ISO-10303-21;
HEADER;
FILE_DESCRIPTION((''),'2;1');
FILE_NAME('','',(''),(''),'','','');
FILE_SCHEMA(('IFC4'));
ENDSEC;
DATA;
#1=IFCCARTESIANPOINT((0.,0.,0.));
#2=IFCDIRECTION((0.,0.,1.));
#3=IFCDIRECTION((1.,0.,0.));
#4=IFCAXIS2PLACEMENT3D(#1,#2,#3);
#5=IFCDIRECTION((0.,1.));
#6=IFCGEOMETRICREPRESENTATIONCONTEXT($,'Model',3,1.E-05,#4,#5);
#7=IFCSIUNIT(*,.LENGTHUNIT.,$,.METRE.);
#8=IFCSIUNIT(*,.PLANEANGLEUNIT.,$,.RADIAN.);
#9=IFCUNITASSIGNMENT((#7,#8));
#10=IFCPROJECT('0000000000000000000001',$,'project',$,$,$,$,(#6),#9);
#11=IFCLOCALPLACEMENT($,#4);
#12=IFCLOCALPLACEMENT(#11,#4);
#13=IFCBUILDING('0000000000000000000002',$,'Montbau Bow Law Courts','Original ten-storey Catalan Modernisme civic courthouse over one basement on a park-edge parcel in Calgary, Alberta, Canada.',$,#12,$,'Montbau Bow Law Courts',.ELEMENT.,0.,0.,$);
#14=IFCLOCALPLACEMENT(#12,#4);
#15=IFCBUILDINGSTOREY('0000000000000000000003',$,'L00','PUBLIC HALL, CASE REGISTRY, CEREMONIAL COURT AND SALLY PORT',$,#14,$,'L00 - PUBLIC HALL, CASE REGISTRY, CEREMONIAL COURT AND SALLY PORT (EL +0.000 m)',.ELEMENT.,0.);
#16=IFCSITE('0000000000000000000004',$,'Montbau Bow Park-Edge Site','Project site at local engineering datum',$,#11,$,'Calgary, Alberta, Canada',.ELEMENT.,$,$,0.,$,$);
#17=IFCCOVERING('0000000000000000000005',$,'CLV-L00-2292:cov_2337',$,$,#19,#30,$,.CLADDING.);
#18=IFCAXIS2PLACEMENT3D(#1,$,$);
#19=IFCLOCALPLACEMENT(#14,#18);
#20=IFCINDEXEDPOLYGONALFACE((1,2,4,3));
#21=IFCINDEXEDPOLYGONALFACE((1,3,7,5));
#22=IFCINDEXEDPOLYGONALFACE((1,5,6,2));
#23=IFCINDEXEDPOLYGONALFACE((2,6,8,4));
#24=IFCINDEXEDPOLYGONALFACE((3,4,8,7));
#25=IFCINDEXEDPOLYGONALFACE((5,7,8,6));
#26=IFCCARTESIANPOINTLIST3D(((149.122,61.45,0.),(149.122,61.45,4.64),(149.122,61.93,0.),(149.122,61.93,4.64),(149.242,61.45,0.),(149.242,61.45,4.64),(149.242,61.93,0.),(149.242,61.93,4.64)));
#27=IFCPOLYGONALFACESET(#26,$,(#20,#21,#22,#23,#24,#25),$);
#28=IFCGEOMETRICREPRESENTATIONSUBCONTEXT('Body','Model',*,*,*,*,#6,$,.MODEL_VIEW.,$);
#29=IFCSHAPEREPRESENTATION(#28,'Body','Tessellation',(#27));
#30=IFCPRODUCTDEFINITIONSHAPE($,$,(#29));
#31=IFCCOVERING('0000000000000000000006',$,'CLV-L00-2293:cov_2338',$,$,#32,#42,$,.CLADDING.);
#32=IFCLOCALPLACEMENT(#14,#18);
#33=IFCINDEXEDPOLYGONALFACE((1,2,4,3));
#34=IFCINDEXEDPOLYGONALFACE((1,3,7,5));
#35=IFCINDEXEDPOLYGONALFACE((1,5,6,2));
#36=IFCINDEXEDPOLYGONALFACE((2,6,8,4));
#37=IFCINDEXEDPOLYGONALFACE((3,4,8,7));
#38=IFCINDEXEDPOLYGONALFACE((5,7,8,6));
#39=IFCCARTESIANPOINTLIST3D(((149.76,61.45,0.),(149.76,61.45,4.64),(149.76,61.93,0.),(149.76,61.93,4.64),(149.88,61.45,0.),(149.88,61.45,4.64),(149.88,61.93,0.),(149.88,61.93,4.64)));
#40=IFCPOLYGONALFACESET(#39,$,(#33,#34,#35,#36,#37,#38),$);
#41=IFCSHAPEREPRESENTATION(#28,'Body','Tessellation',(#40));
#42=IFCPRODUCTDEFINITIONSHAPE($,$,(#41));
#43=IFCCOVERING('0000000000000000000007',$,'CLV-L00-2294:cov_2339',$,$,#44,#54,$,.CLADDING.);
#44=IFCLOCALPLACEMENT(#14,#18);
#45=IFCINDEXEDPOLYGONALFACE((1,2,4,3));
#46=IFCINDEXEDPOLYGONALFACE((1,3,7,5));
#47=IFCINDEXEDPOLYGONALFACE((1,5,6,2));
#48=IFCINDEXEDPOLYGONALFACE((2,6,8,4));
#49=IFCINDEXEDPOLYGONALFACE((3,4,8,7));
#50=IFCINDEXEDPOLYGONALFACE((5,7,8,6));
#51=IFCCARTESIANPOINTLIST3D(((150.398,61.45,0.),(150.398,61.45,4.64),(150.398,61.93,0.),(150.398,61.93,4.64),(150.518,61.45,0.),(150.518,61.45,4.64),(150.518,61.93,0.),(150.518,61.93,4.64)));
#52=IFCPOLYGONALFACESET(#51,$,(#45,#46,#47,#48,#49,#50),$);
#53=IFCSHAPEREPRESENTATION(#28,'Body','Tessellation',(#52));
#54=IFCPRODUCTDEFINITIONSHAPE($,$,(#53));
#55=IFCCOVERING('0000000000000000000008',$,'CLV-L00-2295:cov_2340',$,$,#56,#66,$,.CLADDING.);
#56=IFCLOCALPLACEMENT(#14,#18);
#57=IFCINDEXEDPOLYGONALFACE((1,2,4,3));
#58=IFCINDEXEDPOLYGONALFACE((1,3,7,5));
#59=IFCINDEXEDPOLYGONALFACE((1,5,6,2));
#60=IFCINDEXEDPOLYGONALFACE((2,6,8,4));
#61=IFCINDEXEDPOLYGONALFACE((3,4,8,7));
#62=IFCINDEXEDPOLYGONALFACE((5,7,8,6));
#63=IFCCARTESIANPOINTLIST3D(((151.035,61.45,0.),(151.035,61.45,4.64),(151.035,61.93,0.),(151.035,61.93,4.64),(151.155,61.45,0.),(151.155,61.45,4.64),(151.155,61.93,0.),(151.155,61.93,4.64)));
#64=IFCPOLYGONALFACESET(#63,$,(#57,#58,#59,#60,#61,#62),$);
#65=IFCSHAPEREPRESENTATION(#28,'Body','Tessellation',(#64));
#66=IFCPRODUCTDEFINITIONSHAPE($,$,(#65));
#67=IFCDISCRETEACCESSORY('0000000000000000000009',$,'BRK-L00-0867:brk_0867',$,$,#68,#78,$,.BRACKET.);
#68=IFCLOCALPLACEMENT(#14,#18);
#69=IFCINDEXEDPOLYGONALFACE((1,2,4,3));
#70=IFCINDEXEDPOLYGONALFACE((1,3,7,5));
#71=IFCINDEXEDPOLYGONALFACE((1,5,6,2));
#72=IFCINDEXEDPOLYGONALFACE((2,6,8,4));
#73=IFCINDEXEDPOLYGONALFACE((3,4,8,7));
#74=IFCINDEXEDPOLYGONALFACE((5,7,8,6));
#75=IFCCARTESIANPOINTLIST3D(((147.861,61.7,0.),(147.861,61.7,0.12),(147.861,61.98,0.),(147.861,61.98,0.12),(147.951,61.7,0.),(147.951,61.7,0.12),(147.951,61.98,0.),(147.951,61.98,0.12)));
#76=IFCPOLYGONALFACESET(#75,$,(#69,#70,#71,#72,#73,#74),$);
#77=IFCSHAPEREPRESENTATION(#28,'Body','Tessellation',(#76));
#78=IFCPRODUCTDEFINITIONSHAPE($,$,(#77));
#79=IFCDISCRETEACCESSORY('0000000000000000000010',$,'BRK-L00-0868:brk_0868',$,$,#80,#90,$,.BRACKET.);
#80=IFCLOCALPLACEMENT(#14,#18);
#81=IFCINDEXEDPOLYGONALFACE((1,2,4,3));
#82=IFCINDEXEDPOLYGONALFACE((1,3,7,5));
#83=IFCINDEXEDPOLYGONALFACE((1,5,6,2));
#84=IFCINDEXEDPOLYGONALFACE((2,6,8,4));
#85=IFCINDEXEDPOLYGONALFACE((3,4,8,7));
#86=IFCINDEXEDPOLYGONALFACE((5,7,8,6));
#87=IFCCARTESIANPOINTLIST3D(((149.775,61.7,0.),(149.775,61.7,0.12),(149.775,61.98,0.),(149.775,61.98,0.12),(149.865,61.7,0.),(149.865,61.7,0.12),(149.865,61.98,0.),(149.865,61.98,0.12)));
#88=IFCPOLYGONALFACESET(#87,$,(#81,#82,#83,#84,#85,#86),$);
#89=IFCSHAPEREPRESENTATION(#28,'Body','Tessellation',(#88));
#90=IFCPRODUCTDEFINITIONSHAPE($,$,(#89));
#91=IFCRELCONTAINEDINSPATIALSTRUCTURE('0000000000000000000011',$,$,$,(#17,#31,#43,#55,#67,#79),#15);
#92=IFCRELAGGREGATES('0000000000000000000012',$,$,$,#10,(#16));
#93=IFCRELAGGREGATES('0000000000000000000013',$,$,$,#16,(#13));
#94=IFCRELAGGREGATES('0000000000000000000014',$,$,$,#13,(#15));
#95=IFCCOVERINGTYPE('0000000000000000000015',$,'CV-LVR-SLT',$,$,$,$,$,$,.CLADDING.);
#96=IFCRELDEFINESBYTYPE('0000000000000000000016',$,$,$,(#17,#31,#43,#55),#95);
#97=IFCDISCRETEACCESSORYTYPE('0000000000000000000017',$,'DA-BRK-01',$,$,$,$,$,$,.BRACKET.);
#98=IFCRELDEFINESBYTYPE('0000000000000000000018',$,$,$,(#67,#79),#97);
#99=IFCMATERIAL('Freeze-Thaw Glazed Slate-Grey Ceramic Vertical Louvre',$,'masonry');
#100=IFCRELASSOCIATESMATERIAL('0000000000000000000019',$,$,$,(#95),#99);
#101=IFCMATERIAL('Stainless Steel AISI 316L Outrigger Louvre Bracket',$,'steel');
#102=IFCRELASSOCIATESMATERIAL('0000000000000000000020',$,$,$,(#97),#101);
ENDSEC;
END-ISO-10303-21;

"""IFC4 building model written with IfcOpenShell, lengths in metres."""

from ifc_helpers import new_model, si_unit, direction, frame, frame_2d, origin_with_axes, origin_2d_with_axis, place, context, subcontext, project, spatial, rectangle, extrude, material, type_object, element, save


model = new_model("IFC4")

# Units and contexts
model_context = context("Model", 3, precision=1e-05, world=origin_with_axes(), true_north=direction((0.0, 1.0)))
body_context = subcontext(model_context, "Body", "Model", "MODEL_VIEW")
ifc_project = project(units=[si_unit("LENGTHUNIT", "METRE"), si_unit("PLANEANGLEUNIT", "RADIAN")], contexts=[model_context])

# Site, building, storey
site_placement = place(None, origin_with_axes())
site = spatial("IfcSite", under=ifc_project, at=site_placement, Name="Montbau Bow Park-Edge Site", Description="Project site at local engineering datum", LongName="Calgary, Alberta, Canada", CompositionType="ELEMENT", RefElevation=0.0)
building_placement = place(site_placement, origin_with_axes())
building = spatial("IfcBuilding", under=site, at=building_placement, Name="Montbau Bow Law Courts", Description="Original ten-storey Catalan Modernisme civic courthouse over one basement on a park-edge parcel in Calgary, Alberta, Canada.", LongName="Montbau Bow Law Courts", CompositionType="ELEMENT", ElevationOfRefHeight=0.0, ElevationOfTerrain=0.0)
storey_placement = place(building_placement, origin_with_axes())
storey = spatial("IfcBuildingStorey", under=building, at=storey_placement, Name="L00", Description="PUBLIC HALL, CASE REGISTRY, CEREMONIAL COURT AND SALLY PORT", LongName="L00 - PUBLIC HALL, CASE REGISTRY, CEREMONIAL COURT AND SALLY PORT (EL +0.000 m)", CompositionType="ELEMENT", Elevation=0.0)

# Coverings
ifc_material_1 = material(Name="Freeze-Thaw Glazed Slate-Grey Ceramic Vertical Louvre", Category="masonry")
covering_type = type_object("IfcCoveringType", Name="CV-LVR-SLT", PredefinedType="CLADDING", material=ifc_material_1)
for number, where, z_axis, x_axis, name in (
    (1, (149.182, 61.93, 0.0), (-1.0, 0.0, 0.0), (0.0, -1.0, 0.0), "CLV-L00-2292:cov_2337"),
    (2, (149.82, 61.93, 0.0), (-1.0, 0.0, 0.0), (0.0, -1.0, 0.0), "CLV-L00-2293:cov_2338"),
    (3, (150.458, 61.93, 0.0), (-1.0, 0.0, 0.0), (0.0, -1.0, 0.0), "CLV-L00-2294:cov_2339"),
    (4, (151.095, 61.93, 0.0), (-1.0, 0.0, 0.0), (0.0, -1.0, 0.0), "CLV-L00-2295:cov_2340"),
):
    element("IfcCovering", number, at=place(None, frame(where, z_axis=z_axis, x_axis=x_axis)), inside=storey, type_object=covering_type, Name=name, PredefinedType="CLADDING", context=body_context, shape_type="SweptSolid", body=[
        extrude(rectangle(XDim=0.48, YDim=4.64, at=frame_2d((0.24, 2.32), x_axis=(1.0, 0.0))), frame((0.0, 0.0, -0.06), z_axis=(0.0, 0.0, 1.0), x_axis=(1.0, 0.0, 0.0)), (0.0, 0.0, 1.0), 0.12),
    ])

# Discrete accessories
ifc_material_2 = material(Name="Stainless Steel AISI 316L Outrigger Louvre Bracket", Category="steel")
discrete_accessory_type = type_object("IfcDiscreteAccessoryType", Name="DA-BRK-01", PredefinedType="BRACKET", material=ifc_material_2)
for number, where, z_axis, x_axis, name in (
    (5, (147.906, 61.84, 0.0), (0.0, 0.0, 1.0), (0.0, -1.0, 0.0), "BRK-L00-0867:brk_0867"),
    (6, (149.82, 61.84, 0.0), (0.0, 0.0, 1.0), (0.0, -1.0, 0.0), "BRK-L00-0868:brk_0868"),
):
    element("IfcDiscreteAccessory", number, at=place(None, frame(where, z_axis=z_axis, x_axis=x_axis)), inside=storey, type_object=discrete_accessory_type, Name=name, PredefinedType="BRACKET", context=body_context, shape_type="SweptSolid", body=[
        extrude(rectangle(XDim=0.28, YDim=0.09, at=origin_2d_with_axis()), origin_with_axes(), (0.0, 0.0, 1.0), 0.12),
    ])

save(model, "model.ifc")
